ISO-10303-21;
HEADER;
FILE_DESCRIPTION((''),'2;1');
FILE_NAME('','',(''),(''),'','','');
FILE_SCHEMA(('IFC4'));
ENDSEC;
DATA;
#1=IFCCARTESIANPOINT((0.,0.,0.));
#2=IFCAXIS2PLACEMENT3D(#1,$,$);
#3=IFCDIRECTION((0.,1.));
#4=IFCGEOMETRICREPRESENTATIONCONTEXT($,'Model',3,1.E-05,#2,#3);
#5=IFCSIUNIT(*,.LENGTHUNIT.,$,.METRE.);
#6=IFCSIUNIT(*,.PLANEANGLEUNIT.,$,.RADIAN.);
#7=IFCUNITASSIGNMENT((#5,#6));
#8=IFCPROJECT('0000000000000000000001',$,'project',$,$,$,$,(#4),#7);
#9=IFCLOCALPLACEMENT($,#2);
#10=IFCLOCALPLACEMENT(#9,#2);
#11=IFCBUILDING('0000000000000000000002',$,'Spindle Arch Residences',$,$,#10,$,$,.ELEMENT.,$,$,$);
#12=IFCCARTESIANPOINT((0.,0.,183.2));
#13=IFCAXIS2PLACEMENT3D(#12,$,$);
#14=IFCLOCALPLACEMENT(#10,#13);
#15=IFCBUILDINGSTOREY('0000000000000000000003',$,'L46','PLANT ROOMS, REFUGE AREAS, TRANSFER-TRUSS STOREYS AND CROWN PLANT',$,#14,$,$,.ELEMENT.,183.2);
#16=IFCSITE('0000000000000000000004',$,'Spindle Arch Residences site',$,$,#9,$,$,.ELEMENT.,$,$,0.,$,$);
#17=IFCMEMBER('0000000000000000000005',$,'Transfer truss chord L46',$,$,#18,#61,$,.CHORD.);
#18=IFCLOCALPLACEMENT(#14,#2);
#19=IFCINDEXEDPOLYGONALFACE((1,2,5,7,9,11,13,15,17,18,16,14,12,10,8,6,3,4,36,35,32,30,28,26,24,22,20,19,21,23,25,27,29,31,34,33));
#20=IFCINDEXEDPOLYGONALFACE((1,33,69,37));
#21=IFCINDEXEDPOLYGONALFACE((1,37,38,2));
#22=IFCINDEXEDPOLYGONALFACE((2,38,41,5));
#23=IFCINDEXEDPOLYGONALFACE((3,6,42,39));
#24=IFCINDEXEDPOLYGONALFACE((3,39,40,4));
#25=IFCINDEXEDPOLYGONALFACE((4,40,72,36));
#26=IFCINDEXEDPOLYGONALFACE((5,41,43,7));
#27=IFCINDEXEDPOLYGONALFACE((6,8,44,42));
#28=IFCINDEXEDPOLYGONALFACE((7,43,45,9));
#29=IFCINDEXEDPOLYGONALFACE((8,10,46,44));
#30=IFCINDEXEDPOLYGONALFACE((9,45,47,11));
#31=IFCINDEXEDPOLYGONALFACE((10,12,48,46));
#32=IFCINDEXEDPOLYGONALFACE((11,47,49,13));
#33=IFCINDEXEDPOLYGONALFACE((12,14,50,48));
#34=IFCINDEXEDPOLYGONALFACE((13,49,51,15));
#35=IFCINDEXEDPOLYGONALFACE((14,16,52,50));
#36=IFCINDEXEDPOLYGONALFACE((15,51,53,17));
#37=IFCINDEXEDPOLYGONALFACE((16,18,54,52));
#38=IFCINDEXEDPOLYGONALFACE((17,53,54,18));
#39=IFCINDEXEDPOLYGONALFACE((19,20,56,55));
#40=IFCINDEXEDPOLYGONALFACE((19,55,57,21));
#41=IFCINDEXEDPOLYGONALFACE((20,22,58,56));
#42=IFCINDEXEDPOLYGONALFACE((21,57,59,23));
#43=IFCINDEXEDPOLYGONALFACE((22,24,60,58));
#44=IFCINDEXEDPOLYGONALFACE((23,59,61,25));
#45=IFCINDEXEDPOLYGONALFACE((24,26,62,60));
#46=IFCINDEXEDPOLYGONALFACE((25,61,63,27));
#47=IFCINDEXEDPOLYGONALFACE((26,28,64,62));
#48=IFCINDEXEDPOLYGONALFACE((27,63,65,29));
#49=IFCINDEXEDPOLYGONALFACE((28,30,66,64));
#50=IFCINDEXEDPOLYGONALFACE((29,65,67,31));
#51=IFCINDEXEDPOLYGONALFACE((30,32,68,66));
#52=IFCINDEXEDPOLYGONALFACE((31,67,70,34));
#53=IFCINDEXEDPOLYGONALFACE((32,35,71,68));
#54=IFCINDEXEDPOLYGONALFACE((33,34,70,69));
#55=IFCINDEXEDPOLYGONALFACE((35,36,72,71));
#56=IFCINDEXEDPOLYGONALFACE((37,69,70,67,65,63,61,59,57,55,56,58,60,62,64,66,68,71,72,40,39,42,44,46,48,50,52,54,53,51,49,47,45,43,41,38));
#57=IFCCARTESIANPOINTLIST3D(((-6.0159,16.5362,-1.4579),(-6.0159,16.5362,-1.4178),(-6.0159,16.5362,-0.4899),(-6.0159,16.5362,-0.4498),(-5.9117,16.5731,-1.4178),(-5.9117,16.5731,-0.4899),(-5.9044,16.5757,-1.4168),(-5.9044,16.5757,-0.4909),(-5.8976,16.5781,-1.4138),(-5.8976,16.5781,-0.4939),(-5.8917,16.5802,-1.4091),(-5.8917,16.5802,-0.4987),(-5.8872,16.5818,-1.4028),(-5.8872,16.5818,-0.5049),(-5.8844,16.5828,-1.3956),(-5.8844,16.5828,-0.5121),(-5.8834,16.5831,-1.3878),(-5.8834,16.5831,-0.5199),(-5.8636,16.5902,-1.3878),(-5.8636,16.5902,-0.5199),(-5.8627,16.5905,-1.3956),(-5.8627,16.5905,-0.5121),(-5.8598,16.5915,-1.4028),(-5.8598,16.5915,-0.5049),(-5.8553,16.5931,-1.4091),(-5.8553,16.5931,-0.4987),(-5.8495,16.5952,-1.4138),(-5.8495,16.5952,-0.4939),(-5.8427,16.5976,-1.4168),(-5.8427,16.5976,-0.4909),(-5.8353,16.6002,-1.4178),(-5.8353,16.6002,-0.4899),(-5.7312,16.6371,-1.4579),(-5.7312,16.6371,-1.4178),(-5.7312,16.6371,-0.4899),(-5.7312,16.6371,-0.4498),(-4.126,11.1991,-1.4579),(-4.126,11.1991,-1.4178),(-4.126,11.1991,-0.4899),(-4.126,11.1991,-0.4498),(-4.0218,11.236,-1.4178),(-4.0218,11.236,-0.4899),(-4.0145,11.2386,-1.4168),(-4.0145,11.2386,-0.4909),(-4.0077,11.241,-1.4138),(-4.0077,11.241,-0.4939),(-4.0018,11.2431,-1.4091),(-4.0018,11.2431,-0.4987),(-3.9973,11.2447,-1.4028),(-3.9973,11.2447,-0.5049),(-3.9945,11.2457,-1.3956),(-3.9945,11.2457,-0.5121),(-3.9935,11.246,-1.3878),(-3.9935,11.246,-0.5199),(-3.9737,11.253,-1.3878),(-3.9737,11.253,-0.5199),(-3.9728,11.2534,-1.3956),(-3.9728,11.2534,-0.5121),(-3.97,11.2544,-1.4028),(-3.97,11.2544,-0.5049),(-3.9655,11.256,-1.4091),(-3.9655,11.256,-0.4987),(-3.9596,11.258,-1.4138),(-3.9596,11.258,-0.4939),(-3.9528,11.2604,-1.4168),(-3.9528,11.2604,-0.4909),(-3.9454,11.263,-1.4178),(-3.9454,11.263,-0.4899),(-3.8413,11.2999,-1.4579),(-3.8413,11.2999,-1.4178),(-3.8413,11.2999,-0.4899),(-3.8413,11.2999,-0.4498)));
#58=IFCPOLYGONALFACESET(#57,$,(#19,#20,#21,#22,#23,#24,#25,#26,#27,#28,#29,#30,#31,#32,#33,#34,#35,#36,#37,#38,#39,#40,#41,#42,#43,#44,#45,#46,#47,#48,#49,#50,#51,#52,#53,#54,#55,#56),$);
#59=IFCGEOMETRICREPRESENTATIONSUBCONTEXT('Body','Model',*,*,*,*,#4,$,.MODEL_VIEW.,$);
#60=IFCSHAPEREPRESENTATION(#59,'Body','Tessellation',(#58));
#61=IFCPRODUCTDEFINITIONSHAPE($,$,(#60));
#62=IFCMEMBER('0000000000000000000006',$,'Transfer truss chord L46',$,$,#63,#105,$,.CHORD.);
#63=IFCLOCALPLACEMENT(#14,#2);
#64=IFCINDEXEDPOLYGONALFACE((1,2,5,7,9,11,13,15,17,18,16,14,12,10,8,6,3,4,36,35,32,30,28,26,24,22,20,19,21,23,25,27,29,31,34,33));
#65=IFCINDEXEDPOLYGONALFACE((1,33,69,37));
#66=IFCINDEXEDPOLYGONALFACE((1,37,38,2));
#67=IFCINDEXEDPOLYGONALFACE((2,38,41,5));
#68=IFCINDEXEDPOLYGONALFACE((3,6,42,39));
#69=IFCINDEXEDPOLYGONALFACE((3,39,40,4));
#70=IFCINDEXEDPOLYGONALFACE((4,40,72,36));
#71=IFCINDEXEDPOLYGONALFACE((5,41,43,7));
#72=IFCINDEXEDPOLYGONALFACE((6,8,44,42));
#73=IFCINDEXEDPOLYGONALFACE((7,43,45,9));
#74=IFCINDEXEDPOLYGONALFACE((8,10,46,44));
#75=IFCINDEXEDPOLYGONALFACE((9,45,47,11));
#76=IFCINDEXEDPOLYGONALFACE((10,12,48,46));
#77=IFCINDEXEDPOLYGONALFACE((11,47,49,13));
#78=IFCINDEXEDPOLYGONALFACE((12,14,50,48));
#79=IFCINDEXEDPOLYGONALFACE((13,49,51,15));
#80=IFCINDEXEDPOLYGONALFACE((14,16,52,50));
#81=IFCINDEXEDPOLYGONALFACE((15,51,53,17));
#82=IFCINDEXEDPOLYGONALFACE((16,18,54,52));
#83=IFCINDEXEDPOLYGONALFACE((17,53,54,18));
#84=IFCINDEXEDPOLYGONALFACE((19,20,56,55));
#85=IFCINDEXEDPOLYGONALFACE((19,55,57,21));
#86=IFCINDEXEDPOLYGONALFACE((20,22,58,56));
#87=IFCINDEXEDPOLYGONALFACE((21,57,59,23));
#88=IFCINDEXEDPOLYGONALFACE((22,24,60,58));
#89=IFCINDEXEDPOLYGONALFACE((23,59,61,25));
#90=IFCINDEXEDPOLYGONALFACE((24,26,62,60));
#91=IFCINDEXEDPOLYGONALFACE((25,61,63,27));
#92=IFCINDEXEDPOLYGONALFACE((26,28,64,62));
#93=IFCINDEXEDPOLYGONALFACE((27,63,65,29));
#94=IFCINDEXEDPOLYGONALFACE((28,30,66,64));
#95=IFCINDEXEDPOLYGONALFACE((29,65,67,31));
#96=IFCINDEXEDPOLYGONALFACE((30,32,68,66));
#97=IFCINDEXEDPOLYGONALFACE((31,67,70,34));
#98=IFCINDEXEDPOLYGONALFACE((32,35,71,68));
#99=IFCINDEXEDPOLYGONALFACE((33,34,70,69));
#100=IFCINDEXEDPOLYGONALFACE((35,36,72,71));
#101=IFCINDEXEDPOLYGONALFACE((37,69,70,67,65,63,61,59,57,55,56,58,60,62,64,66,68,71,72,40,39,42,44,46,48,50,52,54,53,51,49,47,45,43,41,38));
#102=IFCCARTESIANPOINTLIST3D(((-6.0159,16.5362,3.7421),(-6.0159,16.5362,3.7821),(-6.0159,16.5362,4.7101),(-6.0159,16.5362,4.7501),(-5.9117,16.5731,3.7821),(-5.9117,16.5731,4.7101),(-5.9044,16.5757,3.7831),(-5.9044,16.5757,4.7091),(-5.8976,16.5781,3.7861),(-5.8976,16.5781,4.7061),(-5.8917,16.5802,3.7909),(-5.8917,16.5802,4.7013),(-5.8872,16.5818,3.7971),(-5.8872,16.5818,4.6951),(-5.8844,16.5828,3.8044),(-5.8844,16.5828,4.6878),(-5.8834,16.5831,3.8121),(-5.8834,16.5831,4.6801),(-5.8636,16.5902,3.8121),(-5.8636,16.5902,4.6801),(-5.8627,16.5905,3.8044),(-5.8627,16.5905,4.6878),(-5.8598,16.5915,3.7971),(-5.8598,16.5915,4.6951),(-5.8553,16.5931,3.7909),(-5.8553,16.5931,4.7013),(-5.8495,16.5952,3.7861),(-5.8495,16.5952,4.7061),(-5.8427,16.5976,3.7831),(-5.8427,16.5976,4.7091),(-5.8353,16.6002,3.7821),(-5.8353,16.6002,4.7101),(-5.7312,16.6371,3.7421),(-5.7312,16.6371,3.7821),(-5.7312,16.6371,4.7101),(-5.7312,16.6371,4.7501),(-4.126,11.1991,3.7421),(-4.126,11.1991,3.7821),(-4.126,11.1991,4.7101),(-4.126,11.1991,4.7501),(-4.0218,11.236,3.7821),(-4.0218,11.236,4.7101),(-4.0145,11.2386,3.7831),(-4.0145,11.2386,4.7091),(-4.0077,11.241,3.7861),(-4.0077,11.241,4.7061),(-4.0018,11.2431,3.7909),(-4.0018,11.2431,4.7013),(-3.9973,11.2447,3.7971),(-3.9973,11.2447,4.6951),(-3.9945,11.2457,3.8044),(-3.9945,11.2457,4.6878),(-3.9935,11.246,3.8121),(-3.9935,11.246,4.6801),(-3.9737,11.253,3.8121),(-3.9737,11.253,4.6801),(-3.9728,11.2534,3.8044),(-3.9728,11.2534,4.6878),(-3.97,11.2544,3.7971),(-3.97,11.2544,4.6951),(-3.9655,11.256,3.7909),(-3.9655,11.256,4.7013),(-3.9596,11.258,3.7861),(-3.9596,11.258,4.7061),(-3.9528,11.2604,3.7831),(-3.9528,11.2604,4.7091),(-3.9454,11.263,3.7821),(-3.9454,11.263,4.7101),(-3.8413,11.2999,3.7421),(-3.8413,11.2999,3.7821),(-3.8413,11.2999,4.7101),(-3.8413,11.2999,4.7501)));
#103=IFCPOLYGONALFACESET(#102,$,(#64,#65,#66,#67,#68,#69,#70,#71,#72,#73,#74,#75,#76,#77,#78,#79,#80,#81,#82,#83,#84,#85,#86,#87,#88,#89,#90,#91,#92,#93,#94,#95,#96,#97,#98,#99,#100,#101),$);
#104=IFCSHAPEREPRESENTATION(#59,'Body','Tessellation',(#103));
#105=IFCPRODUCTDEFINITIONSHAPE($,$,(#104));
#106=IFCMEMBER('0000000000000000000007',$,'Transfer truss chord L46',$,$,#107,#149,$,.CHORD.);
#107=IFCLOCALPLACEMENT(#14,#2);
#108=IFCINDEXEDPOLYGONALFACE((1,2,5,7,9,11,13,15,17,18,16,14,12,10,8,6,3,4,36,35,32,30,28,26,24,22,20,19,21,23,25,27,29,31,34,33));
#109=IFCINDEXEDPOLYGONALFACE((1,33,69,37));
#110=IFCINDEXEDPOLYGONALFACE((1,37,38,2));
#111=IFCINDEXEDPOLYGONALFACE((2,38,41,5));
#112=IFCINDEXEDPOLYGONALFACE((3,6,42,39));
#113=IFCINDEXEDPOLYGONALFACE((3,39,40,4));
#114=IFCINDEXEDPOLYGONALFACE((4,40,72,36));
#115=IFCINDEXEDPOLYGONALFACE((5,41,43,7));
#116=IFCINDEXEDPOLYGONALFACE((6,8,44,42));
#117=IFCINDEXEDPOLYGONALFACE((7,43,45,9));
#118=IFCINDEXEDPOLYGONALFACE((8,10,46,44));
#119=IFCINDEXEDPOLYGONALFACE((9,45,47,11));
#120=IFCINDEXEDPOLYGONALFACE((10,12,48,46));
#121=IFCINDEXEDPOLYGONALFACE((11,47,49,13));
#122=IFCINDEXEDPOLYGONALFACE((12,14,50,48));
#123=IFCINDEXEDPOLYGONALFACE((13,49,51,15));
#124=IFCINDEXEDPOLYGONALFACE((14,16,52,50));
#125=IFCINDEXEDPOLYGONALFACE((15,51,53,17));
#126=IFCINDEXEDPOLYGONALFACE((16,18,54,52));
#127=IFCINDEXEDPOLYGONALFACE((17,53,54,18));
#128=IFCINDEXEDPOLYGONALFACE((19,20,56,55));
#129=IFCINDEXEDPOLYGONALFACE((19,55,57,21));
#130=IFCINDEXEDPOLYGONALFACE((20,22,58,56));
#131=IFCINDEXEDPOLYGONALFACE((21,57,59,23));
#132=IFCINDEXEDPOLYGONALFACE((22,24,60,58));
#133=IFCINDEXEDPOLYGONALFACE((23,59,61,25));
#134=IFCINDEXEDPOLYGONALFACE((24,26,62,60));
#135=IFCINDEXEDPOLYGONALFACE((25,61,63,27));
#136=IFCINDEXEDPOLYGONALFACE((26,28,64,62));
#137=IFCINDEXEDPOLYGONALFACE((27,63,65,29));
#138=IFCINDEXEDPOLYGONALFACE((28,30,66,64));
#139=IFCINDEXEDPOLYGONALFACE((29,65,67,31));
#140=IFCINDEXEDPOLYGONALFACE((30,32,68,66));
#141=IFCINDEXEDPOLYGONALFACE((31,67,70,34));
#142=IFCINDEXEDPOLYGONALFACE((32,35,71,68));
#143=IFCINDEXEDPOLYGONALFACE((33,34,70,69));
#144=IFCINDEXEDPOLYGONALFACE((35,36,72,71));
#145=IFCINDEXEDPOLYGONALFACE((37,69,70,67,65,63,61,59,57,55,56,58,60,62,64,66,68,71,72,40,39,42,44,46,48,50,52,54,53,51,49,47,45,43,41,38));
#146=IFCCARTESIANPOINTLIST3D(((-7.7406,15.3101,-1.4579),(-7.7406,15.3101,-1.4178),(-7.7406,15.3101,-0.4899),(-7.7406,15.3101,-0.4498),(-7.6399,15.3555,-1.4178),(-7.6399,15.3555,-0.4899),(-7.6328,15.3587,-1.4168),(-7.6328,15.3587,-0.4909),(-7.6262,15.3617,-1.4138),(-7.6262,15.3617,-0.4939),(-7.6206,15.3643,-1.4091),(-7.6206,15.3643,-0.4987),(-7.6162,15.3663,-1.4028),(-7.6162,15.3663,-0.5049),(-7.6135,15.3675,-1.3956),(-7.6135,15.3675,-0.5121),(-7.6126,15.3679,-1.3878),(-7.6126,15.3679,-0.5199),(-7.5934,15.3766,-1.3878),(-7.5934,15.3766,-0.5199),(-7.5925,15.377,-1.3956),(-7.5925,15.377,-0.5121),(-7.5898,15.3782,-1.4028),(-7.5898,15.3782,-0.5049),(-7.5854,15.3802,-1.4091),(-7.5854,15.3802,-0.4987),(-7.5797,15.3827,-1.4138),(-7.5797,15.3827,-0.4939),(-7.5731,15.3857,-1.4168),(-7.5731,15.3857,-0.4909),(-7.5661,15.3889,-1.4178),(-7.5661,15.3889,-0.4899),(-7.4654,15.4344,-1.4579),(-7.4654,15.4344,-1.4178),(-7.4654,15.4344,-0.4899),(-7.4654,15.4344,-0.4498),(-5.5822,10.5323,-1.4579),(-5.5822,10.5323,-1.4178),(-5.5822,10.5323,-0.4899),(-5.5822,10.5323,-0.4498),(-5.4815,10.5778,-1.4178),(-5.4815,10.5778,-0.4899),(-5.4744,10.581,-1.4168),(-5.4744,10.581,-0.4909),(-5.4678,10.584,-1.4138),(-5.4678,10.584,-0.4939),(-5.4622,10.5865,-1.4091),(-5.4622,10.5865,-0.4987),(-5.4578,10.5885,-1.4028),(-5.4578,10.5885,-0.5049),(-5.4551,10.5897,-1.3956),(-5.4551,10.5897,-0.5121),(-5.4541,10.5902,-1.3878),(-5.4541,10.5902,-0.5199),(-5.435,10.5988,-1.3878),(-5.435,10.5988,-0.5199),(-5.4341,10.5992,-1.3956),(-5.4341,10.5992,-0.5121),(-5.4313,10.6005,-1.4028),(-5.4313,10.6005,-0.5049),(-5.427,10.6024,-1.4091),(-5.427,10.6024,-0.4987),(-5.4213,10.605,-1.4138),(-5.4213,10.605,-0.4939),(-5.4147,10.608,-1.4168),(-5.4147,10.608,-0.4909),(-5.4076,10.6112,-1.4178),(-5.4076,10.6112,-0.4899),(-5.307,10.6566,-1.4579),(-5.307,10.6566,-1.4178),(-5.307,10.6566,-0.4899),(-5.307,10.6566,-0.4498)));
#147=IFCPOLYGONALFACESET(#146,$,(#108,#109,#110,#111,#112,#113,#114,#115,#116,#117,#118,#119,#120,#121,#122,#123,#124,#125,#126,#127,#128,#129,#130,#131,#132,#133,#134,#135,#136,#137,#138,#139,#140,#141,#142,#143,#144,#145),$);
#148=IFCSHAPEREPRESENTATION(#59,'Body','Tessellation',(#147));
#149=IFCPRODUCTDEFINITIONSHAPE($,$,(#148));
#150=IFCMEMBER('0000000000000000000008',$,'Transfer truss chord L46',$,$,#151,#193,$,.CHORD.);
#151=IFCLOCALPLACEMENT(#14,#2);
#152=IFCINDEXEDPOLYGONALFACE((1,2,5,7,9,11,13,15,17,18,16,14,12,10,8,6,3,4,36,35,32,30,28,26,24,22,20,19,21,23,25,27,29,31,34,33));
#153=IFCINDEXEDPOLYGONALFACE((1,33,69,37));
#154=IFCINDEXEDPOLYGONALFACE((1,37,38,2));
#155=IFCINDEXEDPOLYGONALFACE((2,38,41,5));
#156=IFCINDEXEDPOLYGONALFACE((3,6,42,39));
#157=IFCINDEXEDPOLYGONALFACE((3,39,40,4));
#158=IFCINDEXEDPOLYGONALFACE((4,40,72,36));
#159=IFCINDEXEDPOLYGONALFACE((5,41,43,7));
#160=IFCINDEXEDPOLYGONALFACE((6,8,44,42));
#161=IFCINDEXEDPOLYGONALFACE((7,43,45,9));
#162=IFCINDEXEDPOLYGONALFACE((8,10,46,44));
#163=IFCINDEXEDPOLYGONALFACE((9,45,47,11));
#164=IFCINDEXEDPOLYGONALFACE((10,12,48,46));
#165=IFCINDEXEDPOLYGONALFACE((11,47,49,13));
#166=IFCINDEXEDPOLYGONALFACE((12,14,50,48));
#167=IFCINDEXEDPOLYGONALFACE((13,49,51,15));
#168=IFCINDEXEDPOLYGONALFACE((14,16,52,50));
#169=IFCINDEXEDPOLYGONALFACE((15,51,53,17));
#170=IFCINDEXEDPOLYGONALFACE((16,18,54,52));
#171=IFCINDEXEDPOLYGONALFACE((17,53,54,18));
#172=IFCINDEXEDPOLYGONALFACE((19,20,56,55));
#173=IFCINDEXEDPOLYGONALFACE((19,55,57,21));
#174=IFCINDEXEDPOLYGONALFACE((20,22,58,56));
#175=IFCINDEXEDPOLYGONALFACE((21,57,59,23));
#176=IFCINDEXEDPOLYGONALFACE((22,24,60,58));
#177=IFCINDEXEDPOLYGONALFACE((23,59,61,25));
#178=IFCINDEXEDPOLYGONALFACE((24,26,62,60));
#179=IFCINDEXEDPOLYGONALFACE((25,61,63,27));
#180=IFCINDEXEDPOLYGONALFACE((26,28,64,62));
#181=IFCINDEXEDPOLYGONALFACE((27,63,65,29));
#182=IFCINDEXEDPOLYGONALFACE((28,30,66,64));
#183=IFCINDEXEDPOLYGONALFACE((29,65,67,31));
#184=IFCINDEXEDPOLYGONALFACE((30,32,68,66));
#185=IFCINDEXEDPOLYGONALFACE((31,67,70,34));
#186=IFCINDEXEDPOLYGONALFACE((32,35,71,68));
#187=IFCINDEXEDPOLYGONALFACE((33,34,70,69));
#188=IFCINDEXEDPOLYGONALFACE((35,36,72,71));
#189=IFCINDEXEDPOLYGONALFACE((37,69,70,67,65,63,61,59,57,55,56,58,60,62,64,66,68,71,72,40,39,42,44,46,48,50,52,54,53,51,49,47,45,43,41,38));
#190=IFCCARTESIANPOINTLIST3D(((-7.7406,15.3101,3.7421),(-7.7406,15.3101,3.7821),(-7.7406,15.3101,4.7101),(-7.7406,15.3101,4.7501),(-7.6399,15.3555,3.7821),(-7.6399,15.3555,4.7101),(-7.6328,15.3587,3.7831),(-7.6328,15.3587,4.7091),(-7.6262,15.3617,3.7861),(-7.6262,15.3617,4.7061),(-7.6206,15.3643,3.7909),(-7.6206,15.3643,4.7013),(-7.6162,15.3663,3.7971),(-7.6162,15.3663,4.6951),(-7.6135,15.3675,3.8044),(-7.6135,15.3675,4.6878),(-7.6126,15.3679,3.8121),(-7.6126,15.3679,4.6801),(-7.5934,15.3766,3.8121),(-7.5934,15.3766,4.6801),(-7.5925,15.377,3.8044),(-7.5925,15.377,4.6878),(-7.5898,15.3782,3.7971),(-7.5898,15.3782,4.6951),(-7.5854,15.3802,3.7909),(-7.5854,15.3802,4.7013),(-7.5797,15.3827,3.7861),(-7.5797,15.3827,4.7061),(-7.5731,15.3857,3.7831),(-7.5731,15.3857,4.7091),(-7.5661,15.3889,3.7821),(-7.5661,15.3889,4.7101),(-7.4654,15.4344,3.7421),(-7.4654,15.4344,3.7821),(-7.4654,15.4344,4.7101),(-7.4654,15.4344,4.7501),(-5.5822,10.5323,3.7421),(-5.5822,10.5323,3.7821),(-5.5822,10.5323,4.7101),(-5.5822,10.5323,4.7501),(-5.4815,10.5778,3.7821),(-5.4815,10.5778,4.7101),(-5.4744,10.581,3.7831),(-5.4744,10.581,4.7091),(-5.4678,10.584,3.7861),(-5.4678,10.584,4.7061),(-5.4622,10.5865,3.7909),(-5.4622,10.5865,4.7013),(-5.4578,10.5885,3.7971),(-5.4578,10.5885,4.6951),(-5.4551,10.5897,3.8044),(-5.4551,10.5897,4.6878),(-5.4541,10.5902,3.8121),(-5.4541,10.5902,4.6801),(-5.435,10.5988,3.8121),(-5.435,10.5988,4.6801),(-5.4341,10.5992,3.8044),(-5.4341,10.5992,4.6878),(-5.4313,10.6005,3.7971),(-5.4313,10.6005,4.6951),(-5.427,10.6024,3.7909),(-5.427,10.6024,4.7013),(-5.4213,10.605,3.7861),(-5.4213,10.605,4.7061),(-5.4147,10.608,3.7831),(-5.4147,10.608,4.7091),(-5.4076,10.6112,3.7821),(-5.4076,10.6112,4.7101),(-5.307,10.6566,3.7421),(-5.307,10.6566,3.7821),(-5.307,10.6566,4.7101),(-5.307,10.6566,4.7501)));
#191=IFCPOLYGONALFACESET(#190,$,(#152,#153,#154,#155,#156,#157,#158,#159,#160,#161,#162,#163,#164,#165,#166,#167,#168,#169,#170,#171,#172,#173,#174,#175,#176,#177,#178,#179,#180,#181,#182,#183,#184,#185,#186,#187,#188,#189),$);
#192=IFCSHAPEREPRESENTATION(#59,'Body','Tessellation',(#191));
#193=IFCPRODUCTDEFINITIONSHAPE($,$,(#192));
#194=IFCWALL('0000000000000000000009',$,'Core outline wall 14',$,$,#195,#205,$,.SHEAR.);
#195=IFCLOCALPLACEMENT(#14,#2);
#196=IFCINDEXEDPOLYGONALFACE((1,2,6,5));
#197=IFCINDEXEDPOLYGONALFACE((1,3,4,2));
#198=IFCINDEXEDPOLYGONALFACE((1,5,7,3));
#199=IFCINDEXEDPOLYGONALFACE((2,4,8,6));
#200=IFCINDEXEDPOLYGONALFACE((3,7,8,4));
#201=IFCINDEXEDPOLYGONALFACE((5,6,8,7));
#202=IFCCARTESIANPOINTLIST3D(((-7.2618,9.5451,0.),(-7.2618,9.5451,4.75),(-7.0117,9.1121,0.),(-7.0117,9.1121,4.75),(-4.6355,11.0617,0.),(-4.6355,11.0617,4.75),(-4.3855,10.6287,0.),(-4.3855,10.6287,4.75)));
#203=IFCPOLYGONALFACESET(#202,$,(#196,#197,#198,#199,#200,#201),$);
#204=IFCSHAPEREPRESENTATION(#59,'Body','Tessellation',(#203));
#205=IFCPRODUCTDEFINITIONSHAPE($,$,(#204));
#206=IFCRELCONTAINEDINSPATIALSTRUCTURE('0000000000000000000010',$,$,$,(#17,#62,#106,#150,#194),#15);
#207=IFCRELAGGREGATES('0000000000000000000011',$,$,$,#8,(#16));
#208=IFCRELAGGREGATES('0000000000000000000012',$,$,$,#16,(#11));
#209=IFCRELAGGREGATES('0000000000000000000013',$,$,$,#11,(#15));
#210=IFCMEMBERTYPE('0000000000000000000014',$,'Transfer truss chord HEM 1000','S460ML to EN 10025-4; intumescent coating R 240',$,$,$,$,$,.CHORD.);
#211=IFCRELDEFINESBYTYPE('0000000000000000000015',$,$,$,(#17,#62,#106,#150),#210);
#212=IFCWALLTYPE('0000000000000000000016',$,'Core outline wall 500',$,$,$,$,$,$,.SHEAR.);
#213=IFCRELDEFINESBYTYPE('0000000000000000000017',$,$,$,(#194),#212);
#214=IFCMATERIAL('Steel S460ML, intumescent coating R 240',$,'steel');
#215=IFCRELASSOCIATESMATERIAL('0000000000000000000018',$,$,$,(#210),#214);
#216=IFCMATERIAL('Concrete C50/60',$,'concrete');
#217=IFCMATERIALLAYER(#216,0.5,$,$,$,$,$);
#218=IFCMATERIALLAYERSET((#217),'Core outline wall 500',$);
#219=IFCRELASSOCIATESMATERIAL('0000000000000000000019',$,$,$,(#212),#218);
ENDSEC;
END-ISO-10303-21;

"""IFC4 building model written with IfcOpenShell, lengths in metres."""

from ifc_helpers import new_model, si_unit, direction, frame, frame_2d, origin, origin_2d, place, context, subcontext, project, spatial, rectangle, i_section, extrude, material, layer, layer_set, material_profile, profile_set, type_object, element, save


model = new_model("IFC4")

# Units and contexts
model_context = context("Model", 3, precision=1e-05, world=origin(), true_north=direction((0.0, 1.0)))
body_context = subcontext(model_context, "Body", "Model", "MODEL_VIEW")
ifc_project = project(units=[si_unit("LENGTHUNIT", "METRE"), si_unit("PLANEANGLEUNIT", "RADIAN")], contexts=[model_context])

# Site, building, storey
site_placement = place(None, origin())
site = spatial("IfcSite", under=ifc_project, at=site_placement, Name="Spindle Arch Residences site", CompositionType="ELEMENT", RefElevation=0.0)
building_placement = place(site_placement, origin())
building = spatial("IfcBuilding", under=site, at=building_placement, Name="Spindle Arch Residences", CompositionType="ELEMENT")
storey_placement = place(building_placement, frame((0.0, 0.0, 183.2)))
storey = spatial("IfcBuildingStorey", under=building, at=storey_placement, Name="L46", Description="PLANT ROOMS, REFUGE AREAS, TRANSFER-TRUSS STOREYS AND CROWN PLANT", CompositionType="ELEMENT", Elevation=183.2)

# Members
ifc_material_1 = material(Name="Steel S460ML, intumescent coating R 240", Category="steel")
ifc_material_profile = material_profile(ifc_material_1, i_section(OverallWidth=0.302, OverallDepth=1.0081, WebThickness=0.021, FlangeThickness=0.04, FilletRadius=0.03, at=origin_2d()), Name="HEM 1000")
ifc_profile_set = profile_set([ifc_material_profile], Name="Steel S460ML, intumescent coating R 240")
member_type = type_object("IfcMemberType", Name="Transfer truss chord HEM 1000", Description="S460ML to EN 10025-4; intumescent coating R 240", PredefinedType="CHORD", material=ifc_profile_set)
for number, where, z_axis, x_axis, name in (
    (1, (-3.9836, 11.2495, -0.9539), (-0.333792, 0.942647, 0.0), (-0.942647, -0.333792, 0.0), "Transfer truss chord L46"),
    (2, (-3.9836, 11.2495, 4.2461), (-0.333792, 0.942647, 0.0), (-0.942647, -0.333792, 0.0), "Transfer truss chord L46"),
):
    element("IfcMember", number, at=place(storey_placement, frame(where, z_axis=z_axis, x_axis=x_axis)), inside=storey, type_object=member_type, Name=name, PredefinedType="CHORD", context=body_context, shape_type="SweptSolid", body=[
        extrude(i_section(OverallWidth=0.302, OverallDepth=1.0081, WebThickness=0.021, FlangeThickness=0.04, FilletRadius=0.03, at=origin_2d()), origin(), (0.0, 0.0, 1.0), 5.6619),
    ])
for number, where, z_axis, x_axis, name in (
    (3, (-5.4446, 10.5945, -0.9539), (-0.4117, 0.911319, 0.0), (-0.911319, -0.4117, 0.0), "Transfer truss chord L46"),
    (4, (-5.4446, 10.5945, 4.2461), (-0.4117, 0.911319, 0.0), (-0.911319, -0.4117, 0.0), "Transfer truss chord L46"),
):
    element("IfcMember", number, at=place(storey_placement, frame(where, z_axis=z_axis, x_axis=x_axis)), inside=storey, type_object=member_type, Name=name, PredefinedType="CHORD", context=body_context, shape_type="SweptSolid", body=[
        extrude(i_section(OverallWidth=0.302, OverallDepth=1.0081, WebThickness=0.021, FlangeThickness=0.04, FilletRadius=0.03, at=origin_2d()), origin(), (0.0, 0.0, 1.0), 5.2427),
    ])

# Wall
ifc_material_2 = material(Name="Concrete C50/60", Category="concrete")
ifc_layer_1 = layer(ifc_material_2, 0.5)
ifc_layer_set_1 = layer_set([ifc_layer_1], Name="Core outline wall 500")
wall_type_1 = type_object("IfcWallType", Name="Core outline wall 500", PredefinedType="SHEAR", material=ifc_layer_set_1)
wall_1_placement = place(storey_placement, frame((-4.5105, 10.8452, 0.0), z_axis=(0.0, 0.0, 1.0), x_axis=(-0.865975, -0.500087, 0.0)))
element("IfcWall", 5, at=wall_1_placement, inside=storey, type_object=wall_type_1, Name="Core outline wall 14", PredefinedType="SHEAR", context=body_context, shape_type="SweptSolid", body=[
    extrude(rectangle(XDim=3.0327, YDim=0.5, at=frame_2d((1.5164, 0.0))), origin(), (0.0, 0.0, 1.0), 4.75),
])

save(model, "model.ifc")
